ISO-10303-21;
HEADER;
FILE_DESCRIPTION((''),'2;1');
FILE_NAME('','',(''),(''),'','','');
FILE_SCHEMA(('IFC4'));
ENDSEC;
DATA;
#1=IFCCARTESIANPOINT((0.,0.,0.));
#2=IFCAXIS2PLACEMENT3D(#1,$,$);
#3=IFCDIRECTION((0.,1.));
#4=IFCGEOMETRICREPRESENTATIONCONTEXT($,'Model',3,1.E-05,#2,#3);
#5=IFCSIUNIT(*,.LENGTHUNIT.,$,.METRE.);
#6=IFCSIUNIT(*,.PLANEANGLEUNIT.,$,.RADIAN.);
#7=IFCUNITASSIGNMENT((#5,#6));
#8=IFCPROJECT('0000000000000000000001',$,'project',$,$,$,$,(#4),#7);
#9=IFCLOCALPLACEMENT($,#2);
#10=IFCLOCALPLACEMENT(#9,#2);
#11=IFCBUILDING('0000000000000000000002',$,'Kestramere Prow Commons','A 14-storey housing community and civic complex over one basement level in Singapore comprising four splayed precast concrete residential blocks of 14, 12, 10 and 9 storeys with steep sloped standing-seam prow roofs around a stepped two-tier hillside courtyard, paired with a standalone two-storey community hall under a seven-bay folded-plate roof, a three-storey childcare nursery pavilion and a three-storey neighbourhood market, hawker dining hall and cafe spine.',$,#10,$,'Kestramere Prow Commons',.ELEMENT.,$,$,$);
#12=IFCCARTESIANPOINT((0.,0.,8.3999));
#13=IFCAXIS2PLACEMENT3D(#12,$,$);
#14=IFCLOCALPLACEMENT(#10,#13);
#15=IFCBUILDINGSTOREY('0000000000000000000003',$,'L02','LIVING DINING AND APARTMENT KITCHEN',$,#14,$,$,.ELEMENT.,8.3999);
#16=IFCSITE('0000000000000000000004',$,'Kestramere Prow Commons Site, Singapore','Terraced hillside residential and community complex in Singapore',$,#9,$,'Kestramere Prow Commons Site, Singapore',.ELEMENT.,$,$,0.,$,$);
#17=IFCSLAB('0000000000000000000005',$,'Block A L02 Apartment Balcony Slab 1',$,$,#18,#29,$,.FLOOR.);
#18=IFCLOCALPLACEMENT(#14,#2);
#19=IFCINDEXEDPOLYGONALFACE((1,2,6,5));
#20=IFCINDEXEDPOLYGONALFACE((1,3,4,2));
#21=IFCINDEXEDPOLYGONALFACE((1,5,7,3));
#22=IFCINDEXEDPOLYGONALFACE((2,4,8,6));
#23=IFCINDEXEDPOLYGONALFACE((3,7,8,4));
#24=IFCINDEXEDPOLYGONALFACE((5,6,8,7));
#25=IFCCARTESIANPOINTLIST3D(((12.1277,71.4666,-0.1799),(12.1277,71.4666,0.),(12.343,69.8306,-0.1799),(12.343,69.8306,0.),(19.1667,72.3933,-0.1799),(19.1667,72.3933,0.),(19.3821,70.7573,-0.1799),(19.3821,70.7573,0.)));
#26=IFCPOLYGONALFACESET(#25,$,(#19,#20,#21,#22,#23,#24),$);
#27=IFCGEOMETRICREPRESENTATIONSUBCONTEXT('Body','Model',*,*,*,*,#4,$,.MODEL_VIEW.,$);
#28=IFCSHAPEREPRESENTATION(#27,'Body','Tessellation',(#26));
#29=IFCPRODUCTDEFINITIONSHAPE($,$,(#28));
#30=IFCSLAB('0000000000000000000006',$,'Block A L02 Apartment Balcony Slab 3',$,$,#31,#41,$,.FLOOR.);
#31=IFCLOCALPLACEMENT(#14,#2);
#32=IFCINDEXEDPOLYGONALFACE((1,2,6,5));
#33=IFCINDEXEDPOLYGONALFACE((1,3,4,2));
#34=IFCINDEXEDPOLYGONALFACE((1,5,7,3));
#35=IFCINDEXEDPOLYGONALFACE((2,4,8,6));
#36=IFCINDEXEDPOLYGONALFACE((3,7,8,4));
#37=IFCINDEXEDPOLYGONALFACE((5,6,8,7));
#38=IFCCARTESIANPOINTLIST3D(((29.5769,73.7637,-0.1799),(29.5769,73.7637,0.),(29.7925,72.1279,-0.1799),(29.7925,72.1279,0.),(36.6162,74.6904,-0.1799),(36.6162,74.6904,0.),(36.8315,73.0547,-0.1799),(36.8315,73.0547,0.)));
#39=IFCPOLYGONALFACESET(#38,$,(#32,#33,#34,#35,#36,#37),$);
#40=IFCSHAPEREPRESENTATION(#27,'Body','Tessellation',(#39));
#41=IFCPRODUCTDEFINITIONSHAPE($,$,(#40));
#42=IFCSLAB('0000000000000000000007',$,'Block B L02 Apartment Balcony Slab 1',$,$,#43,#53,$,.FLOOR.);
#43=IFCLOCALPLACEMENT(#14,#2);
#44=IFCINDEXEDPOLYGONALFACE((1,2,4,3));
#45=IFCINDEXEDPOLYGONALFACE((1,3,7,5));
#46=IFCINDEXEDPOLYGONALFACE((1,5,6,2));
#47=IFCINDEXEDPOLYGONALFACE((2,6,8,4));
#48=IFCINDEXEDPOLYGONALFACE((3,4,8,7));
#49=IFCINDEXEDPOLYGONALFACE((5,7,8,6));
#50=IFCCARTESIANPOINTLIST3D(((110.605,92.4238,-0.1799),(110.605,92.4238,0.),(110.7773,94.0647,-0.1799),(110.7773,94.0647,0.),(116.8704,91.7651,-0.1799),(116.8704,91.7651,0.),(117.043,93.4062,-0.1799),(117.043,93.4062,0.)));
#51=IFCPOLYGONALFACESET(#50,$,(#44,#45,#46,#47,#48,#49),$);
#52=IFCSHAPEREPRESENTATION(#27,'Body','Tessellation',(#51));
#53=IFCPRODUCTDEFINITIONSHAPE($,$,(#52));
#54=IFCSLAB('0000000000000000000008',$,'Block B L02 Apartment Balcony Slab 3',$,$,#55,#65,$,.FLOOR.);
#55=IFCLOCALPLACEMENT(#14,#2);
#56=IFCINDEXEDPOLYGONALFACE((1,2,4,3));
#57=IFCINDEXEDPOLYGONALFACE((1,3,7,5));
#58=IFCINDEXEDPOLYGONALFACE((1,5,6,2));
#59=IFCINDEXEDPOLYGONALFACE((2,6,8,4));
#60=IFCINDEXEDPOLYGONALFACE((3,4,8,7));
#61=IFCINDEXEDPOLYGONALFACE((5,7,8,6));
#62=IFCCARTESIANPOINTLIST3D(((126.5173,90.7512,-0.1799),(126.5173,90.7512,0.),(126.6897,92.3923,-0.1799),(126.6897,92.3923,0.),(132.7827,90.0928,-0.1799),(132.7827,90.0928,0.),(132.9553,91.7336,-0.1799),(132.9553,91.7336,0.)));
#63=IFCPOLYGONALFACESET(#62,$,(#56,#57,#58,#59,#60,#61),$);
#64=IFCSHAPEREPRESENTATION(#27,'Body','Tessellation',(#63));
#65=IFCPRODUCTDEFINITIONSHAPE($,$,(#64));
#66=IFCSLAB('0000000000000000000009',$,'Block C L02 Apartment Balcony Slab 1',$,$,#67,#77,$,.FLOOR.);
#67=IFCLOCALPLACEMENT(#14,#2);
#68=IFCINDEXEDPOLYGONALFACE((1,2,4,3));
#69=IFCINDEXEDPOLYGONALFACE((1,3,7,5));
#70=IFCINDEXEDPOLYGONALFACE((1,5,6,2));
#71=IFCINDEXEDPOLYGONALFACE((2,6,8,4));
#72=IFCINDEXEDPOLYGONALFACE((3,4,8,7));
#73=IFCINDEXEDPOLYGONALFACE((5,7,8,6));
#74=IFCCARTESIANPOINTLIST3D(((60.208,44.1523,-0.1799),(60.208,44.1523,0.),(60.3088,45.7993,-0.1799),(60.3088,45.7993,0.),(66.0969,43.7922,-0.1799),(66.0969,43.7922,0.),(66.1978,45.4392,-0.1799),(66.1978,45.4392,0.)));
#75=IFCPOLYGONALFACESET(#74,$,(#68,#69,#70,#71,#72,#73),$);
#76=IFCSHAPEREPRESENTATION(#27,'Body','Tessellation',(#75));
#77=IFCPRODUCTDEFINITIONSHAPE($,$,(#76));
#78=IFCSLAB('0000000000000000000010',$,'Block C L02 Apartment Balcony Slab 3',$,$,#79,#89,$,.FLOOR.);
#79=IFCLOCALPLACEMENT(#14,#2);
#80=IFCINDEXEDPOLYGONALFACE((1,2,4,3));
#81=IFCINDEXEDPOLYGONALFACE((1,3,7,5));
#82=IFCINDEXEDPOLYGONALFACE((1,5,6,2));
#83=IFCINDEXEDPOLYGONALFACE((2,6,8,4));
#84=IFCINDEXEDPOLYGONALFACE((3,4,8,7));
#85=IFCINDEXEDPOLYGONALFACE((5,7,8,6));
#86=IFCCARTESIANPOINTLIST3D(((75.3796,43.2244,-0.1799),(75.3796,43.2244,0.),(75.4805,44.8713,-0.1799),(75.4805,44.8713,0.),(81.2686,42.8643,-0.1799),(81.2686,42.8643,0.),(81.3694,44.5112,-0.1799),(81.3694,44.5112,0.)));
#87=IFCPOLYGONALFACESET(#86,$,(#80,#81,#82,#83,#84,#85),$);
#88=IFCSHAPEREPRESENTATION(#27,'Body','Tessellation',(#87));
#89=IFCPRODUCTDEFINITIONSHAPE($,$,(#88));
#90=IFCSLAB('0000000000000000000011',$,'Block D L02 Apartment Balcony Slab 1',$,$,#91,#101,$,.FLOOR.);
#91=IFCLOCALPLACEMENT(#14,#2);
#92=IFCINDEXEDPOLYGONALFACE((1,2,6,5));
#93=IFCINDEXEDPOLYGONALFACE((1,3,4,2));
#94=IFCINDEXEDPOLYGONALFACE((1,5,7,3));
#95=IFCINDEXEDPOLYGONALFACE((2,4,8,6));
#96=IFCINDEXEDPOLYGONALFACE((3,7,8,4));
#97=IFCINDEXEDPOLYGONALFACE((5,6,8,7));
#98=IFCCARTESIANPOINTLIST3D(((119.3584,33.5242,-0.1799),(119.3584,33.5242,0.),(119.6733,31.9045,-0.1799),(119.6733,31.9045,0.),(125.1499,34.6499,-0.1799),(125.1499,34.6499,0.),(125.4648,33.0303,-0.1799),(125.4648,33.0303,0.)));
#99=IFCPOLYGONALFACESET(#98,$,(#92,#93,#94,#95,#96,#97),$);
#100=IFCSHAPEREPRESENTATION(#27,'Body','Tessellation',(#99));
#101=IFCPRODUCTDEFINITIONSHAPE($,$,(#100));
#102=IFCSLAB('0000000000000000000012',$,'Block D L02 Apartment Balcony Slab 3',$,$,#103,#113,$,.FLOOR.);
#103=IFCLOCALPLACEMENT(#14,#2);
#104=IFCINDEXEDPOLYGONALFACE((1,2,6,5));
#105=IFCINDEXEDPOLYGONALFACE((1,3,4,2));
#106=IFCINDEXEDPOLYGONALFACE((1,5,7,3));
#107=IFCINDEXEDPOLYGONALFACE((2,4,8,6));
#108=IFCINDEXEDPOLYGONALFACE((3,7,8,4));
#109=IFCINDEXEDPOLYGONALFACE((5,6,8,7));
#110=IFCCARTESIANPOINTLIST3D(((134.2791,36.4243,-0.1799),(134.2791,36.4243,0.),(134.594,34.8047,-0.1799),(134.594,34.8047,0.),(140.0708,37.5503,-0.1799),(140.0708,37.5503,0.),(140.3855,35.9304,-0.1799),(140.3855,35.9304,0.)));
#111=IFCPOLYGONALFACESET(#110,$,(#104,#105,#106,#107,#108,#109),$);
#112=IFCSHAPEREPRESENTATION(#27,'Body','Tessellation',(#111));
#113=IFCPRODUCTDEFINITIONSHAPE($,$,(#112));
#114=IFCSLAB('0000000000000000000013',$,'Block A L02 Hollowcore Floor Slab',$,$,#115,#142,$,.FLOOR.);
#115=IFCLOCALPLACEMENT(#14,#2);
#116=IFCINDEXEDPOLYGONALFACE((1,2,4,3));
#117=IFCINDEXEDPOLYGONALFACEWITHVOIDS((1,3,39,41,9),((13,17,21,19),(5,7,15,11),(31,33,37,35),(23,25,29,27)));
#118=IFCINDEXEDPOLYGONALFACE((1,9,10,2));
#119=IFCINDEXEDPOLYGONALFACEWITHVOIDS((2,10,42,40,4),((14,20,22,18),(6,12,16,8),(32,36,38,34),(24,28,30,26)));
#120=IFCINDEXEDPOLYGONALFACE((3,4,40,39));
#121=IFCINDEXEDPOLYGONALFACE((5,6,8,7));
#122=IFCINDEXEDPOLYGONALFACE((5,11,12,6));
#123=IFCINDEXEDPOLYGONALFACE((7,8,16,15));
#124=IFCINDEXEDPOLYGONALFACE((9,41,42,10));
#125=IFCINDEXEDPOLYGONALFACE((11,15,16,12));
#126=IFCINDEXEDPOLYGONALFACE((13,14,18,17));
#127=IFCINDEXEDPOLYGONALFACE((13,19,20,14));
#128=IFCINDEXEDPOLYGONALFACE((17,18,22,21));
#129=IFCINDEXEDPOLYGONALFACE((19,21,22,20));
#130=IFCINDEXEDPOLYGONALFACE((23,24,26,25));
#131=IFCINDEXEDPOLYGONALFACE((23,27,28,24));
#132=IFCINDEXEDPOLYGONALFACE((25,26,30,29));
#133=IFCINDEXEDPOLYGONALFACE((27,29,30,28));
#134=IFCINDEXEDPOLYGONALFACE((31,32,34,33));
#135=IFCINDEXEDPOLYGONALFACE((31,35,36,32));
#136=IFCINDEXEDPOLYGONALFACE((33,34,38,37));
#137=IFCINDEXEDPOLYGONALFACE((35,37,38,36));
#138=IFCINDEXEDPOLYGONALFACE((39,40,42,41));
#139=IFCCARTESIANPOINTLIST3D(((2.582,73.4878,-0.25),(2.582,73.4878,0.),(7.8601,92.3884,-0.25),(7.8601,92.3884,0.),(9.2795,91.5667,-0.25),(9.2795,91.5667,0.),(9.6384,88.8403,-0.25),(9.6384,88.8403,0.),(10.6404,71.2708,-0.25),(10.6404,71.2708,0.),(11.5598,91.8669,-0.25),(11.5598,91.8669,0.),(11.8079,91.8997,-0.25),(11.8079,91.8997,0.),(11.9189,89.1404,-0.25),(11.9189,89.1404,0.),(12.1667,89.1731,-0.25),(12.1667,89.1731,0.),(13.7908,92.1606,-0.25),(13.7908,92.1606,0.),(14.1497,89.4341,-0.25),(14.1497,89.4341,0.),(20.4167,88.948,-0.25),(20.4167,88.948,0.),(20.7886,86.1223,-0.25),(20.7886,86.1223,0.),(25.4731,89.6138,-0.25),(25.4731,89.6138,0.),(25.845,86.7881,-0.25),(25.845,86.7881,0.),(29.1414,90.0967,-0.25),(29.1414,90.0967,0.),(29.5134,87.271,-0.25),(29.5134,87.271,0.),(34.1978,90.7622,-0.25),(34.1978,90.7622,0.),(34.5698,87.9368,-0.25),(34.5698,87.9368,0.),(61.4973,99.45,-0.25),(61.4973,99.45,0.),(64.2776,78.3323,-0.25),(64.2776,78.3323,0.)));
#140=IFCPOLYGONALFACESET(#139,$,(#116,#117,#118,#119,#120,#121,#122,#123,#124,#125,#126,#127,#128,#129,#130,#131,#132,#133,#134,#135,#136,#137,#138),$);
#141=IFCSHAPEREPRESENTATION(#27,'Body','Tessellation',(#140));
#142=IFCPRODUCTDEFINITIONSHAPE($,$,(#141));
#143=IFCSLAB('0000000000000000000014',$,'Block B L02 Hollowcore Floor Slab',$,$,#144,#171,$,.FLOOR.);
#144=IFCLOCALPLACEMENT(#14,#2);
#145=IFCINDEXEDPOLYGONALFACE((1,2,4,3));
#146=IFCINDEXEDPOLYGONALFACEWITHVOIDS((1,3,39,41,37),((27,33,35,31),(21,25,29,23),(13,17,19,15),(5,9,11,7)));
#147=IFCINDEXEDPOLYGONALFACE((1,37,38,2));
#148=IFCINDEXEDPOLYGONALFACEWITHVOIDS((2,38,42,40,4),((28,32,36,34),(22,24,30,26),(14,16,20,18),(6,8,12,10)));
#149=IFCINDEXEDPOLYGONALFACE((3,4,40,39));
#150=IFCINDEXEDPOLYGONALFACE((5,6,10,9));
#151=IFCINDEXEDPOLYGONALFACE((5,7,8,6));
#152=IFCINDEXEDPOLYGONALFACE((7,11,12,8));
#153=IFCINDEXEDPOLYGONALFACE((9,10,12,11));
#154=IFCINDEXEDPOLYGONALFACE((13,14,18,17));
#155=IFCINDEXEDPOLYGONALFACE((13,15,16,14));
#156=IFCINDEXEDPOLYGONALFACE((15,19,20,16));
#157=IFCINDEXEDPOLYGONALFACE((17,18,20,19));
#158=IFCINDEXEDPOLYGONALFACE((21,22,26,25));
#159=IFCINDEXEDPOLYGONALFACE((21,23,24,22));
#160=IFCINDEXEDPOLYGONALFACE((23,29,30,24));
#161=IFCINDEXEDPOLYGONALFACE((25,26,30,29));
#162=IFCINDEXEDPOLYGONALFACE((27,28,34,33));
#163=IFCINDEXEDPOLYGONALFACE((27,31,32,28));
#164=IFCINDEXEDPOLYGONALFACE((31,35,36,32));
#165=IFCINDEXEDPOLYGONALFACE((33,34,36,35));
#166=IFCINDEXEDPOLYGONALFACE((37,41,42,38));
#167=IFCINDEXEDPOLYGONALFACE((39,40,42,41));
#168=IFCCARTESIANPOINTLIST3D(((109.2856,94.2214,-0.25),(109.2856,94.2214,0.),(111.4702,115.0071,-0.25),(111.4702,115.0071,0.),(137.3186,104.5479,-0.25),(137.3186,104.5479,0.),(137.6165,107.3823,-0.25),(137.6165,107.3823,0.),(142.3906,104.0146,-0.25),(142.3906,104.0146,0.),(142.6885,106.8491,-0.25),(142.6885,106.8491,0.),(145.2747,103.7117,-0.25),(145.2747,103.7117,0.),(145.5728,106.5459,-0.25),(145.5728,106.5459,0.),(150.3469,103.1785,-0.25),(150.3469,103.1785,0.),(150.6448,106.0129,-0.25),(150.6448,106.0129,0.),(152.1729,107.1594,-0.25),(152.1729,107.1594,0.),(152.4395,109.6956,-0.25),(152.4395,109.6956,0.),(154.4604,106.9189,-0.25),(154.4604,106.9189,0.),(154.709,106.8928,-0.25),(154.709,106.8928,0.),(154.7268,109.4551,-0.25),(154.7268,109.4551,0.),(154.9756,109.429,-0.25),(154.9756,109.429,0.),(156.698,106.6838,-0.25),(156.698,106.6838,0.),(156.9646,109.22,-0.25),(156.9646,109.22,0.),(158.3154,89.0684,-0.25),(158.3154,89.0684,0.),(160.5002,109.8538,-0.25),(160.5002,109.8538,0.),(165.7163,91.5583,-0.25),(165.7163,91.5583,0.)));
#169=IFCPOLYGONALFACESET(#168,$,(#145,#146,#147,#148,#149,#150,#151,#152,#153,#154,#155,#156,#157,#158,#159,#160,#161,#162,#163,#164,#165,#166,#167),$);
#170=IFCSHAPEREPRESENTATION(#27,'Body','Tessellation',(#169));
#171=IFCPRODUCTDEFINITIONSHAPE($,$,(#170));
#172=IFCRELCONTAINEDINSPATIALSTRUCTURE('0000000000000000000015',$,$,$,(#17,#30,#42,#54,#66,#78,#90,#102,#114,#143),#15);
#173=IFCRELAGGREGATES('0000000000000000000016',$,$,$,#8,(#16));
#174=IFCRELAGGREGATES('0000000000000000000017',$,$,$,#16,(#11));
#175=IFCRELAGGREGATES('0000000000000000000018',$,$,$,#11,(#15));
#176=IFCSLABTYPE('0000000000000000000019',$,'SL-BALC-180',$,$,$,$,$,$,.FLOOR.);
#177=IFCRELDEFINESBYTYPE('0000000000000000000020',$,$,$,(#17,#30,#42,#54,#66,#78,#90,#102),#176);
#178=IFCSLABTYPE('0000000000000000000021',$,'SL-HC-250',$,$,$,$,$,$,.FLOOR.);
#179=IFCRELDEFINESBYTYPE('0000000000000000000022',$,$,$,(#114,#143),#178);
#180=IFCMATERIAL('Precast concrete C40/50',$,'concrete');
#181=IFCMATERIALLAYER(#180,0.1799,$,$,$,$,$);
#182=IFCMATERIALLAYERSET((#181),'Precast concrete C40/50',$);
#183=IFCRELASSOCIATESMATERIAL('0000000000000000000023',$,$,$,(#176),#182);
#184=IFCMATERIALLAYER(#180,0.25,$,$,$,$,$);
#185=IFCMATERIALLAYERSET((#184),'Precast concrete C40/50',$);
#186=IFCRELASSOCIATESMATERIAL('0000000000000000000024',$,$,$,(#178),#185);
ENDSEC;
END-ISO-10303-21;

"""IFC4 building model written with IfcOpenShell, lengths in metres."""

from ifc_helpers import new_model, si_unit, direction, frame, origin, place, context, subcontext, project, spatial, polyline, outline, extrude, material, layer, layer_set, type_object, element, save


model = new_model("IFC4")

# Units and contexts
model_context = context("Model", 3, precision=1e-05, world=origin(), true_north=direction((0.0, 1.0)))
body_context = subcontext(model_context, "Body", "Model", "MODEL_VIEW")
ifc_project = project(units=[si_unit("LENGTHUNIT", "METRE"), si_unit("PLANEANGLEUNIT", "RADIAN")], contexts=[model_context])

# Site, building, storey
site_placement = place(None, origin())
site = spatial("IfcSite", under=ifc_project, at=site_placement, Name="Kestramere Prow Commons Site, Singapore", Description="Terraced hillside residential and community complex in Singapore", LongName="Kestramere Prow Commons Site, Singapore", CompositionType="ELEMENT", RefElevation=0.0)
building_placement = place(site_placement, origin())
building = spatial("IfcBuilding", under=site, at=building_placement, Name="Kestramere Prow Commons", Description="A 14-storey housing community and civic complex over one basement level in Singapore comprising four splayed precast concrete residential blocks of 14, 12, 10 and 9 storeys with steep sloped standing-seam prow roofs around a stepped two-tier hillside courtyard, paired with a standalone two-storey community hall under a seven-bay folded-plate roof, a three-storey childcare nursery pavilion and a three-storey neighbourhood market, hawker dining hall and cafe spine.", LongName="Kestramere Prow Commons", CompositionType="ELEMENT")
storey_placement = place(building_placement, frame((0.0, 0.0, 8.3999)))
storey = spatial("IfcBuildingStorey", under=building, at=storey_placement, Name="L02", Description="LIVING DINING AND APARTMENT KITCHEN", CompositionType="ELEMENT", Elevation=8.3999)

# Slabs
ifc_material_1 = material(Name="Precast concrete C40/50", Category="concrete")
ifc_layer_1 = layer(ifc_material_1, 0.1799)
ifc_layer_set_1 = layer_set([ifc_layer_1], Name="Precast concrete C40/50")
slab_type_1 = type_object("IfcSlabType", Name="SL-BALC-180", PredefinedType="FLOOR", material=ifc_layer_set_1)
slab_1_placement = place(storey_placement, frame((0.0, 0.0, -0.1799)))
element("IfcSlab", 1, at=slab_1_placement, inside=storey, type_object=slab_type_1, Name="Block A L02 Apartment Balcony Slab 1", PredefinedType="FLOOR", context=body_context, shape_type="SweptSolid", body=[
    extrude(outline(polyline([(12.343, 69.8306), (19.3821, 70.7573), (19.1667, 72.3933), (12.1277, 71.4666), (12.343, 69.8306)])), origin(), (0.0, 0.0, 1.0), 0.1799),
])
slab_2_placement = place(storey_placement, frame((0.0, 0.0, -0.1799)))
element("IfcSlab", 2, at=slab_2_placement, inside=storey, type_object=slab_type_1, Name="Block A L02 Apartment Balcony Slab 3", PredefinedType="FLOOR", context=body_context, shape_type="SweptSolid", body=[
    extrude(outline(polyline([(29.7925, 72.1279), (36.8315, 73.0547), (36.6162, 74.6904), (29.5769, 73.7637), (29.7925, 72.1279)])), origin(), (0.0, 0.0, 1.0), 0.1799),
])
slab_3_placement = place(storey_placement, frame((0.0, 0.0, -0.1799)))
element("IfcSlab", 3, at=slab_3_placement, inside=storey, type_object=slab_type_1, Name="Block B L02 Apartment Balcony Slab 1", PredefinedType="FLOOR", context=body_context, shape_type="SweptSolid", body=[
    extrude(outline(polyline([(110.605, 92.4238), (116.8704, 91.7651), (117.043, 93.4062), (110.7773, 94.0647), (110.605, 92.4238)])), origin(), (0.0, 0.0, 1.0), 0.1799),
])
slab_4_placement = place(storey_placement, frame((0.0, 0.0, -0.1799)))
element("IfcSlab", 4, at=slab_4_placement, inside=storey, type_object=slab_type_1, Name="Block B L02 Apartment Balcony Slab 3", PredefinedType="FLOOR", context=body_context, shape_type="SweptSolid", body=[
    extrude(outline(polyline([(126.5173, 90.7512), (132.7827, 90.0928), (132.9553, 91.7336), (126.6897, 92.3923), (126.5173, 90.7512)])), origin(), (0.0, 0.0, 1.0), 0.1799),
])
slab_5_placement = place(storey_placement, frame((0.0, 0.0, -0.1799)))
element("IfcSlab", 5, at=slab_5_placement, inside=storey, type_object=slab_type_1, Name="Block C L02 Apartment Balcony Slab 1", PredefinedType="FLOOR", context=body_context, shape_type="SweptSolid", body=[
    extrude(outline(polyline([(60.208, 44.1523), (66.0969, 43.7922), (66.1978, 45.4392), (60.3088, 45.7993), (60.208, 44.1523)])), origin(), (0.0, 0.0, 1.0), 0.1799),
])
slab_6_placement = place(storey_placement, frame((0.0, 0.0, -0.1799)))
element("IfcSlab", 6, at=slab_6_placement, inside=storey, type_object=slab_type_1, Name="Block C L02 Apartment Balcony Slab 3", PredefinedType="FLOOR", context=body_context, shape_type="SweptSolid", body=[
    extrude(outline(polyline([(75.3796, 43.2244), (81.2686, 42.8643), (81.3694, 44.5112), (75.4805, 44.8713), (75.3796, 43.2244)])), origin(), (0.0, 0.0, 1.0), 0.1799),
])
slab_7_placement = place(storey_placement, frame((0.0, 0.0, -0.1799)))
element("IfcSlab", 7, at=slab_7_placement, inside=storey, type_object=slab_type_1, Name="Block D L02 Apartment Balcony Slab 1", PredefinedType="FLOOR", context=body_context, shape_type="SweptSolid", body=[
    extrude(outline(polyline([(119.6733, 31.9045), (125.4648, 33.0303), (125.1499, 34.6499), (119.3584, 33.5242), (119.6733, 31.9045)])), origin(), (0.0, 0.0, 1.0), 0.1799),
])
slab_8_placement = place(storey_placement, frame((0.0, 0.0, -0.1799)))
element("IfcSlab", 8, at=slab_8_placement, inside=storey, type_object=slab_type_1, Name="Block D L02 Apartment Balcony Slab 3", PredefinedType="FLOOR", context=body_context, shape_type="SweptSolid", body=[
    extrude(outline(polyline([(134.594, 34.8047), (140.3855, 35.9304), (140.0708, 37.5503), (134.2791, 36.4243), (134.594, 34.8047)])), origin(), (0.0, 0.0, 1.0), 0.1799),
])
ifc_layer_2 = layer(ifc_material_1, 0.25)
ifc_layer_set_2 = layer_set([ifc_layer_2], Name="Precast concrete C40/50")
slab_type_2 = type_object("IfcSlabType", Name="SL-HC-250", PredefinedType="FLOOR", material=ifc_layer_set_2)
slab_9_placement = place(storey_placement, frame((0.0, 0.0, -0.25)))
element("IfcSlab", 9, at=slab_9_placement, inside=storey, type_object=slab_type_2, Name="Block A L02 Hollowcore Floor Slab", PredefinedType="FLOOR", context=body_context, shape_type="SweptSolid", body=[
    extrude(outline(polyline([(2.582, 73.4878), (10.6404, 71.2708), (64.2776, 78.3323), (61.4973, 99.45), (7.8601, 92.3884), (2.582, 73.4878)]), holes=[polyline([(9.6384, 88.8403), (11.9189, 89.1404), (11.5598, 91.8669), (9.2795, 91.5667), (9.6384, 88.8403)]), polyline([(12.1667, 89.1731), (14.1497, 89.4341), (13.7908, 92.1606), (11.8079, 91.8997), (12.1667, 89.1731)]), polyline([(20.7886, 86.1223), (25.845, 86.7881), (25.4731, 89.6138), (20.4167, 88.948), (20.7886, 86.1223)]), polyline([(29.5134, 87.271), (34.5698, 87.9368), (34.1978, 90.7622), (29.1414, 90.0967), (29.5134, 87.271)])]), origin(), (0.0, 0.0, 1.0), 0.25),
])
slab_10_placement = place(storey_placement, frame((0.0, 0.0, -0.25)))
element("IfcSlab", 10, at=slab_10_placement, inside=storey, type_object=slab_type_2, Name="Block B L02 Hollowcore Floor Slab", PredefinedType="FLOOR", context=body_context, shape_type="SweptSolid", body=[
    extrude(outline(polyline([(109.2856, 94.2214), (158.3154, 89.0684), (165.7163, 91.5583), (160.5002, 109.8538), (111.4702, 115.0071), (109.2856, 94.2214)]), holes=[polyline([(152.1729, 107.1594), (154.4604, 106.9189), (154.7268, 109.4551), (152.4395, 109.6956), (152.1729, 107.1594)]), polyline([(154.709, 106.8928), (156.698, 106.6838), (156.9646, 109.22), (154.9756, 109.429), (154.709, 106.8928)]), polyline([(137.3186, 104.5479), (142.3906, 104.0146), (142.6885, 106.8491), (137.6165, 107.3823), (137.3186, 104.5479)]), polyline([(145.2747, 103.7117), (150.3469, 103.1785), (150.6448, 106.0129), (145.5728, 106.5459), (145.2747, 103.7117)])]), origin(), (0.0, 0.0, 1.0), 0.25),
])

save(model, "model.ifc")
